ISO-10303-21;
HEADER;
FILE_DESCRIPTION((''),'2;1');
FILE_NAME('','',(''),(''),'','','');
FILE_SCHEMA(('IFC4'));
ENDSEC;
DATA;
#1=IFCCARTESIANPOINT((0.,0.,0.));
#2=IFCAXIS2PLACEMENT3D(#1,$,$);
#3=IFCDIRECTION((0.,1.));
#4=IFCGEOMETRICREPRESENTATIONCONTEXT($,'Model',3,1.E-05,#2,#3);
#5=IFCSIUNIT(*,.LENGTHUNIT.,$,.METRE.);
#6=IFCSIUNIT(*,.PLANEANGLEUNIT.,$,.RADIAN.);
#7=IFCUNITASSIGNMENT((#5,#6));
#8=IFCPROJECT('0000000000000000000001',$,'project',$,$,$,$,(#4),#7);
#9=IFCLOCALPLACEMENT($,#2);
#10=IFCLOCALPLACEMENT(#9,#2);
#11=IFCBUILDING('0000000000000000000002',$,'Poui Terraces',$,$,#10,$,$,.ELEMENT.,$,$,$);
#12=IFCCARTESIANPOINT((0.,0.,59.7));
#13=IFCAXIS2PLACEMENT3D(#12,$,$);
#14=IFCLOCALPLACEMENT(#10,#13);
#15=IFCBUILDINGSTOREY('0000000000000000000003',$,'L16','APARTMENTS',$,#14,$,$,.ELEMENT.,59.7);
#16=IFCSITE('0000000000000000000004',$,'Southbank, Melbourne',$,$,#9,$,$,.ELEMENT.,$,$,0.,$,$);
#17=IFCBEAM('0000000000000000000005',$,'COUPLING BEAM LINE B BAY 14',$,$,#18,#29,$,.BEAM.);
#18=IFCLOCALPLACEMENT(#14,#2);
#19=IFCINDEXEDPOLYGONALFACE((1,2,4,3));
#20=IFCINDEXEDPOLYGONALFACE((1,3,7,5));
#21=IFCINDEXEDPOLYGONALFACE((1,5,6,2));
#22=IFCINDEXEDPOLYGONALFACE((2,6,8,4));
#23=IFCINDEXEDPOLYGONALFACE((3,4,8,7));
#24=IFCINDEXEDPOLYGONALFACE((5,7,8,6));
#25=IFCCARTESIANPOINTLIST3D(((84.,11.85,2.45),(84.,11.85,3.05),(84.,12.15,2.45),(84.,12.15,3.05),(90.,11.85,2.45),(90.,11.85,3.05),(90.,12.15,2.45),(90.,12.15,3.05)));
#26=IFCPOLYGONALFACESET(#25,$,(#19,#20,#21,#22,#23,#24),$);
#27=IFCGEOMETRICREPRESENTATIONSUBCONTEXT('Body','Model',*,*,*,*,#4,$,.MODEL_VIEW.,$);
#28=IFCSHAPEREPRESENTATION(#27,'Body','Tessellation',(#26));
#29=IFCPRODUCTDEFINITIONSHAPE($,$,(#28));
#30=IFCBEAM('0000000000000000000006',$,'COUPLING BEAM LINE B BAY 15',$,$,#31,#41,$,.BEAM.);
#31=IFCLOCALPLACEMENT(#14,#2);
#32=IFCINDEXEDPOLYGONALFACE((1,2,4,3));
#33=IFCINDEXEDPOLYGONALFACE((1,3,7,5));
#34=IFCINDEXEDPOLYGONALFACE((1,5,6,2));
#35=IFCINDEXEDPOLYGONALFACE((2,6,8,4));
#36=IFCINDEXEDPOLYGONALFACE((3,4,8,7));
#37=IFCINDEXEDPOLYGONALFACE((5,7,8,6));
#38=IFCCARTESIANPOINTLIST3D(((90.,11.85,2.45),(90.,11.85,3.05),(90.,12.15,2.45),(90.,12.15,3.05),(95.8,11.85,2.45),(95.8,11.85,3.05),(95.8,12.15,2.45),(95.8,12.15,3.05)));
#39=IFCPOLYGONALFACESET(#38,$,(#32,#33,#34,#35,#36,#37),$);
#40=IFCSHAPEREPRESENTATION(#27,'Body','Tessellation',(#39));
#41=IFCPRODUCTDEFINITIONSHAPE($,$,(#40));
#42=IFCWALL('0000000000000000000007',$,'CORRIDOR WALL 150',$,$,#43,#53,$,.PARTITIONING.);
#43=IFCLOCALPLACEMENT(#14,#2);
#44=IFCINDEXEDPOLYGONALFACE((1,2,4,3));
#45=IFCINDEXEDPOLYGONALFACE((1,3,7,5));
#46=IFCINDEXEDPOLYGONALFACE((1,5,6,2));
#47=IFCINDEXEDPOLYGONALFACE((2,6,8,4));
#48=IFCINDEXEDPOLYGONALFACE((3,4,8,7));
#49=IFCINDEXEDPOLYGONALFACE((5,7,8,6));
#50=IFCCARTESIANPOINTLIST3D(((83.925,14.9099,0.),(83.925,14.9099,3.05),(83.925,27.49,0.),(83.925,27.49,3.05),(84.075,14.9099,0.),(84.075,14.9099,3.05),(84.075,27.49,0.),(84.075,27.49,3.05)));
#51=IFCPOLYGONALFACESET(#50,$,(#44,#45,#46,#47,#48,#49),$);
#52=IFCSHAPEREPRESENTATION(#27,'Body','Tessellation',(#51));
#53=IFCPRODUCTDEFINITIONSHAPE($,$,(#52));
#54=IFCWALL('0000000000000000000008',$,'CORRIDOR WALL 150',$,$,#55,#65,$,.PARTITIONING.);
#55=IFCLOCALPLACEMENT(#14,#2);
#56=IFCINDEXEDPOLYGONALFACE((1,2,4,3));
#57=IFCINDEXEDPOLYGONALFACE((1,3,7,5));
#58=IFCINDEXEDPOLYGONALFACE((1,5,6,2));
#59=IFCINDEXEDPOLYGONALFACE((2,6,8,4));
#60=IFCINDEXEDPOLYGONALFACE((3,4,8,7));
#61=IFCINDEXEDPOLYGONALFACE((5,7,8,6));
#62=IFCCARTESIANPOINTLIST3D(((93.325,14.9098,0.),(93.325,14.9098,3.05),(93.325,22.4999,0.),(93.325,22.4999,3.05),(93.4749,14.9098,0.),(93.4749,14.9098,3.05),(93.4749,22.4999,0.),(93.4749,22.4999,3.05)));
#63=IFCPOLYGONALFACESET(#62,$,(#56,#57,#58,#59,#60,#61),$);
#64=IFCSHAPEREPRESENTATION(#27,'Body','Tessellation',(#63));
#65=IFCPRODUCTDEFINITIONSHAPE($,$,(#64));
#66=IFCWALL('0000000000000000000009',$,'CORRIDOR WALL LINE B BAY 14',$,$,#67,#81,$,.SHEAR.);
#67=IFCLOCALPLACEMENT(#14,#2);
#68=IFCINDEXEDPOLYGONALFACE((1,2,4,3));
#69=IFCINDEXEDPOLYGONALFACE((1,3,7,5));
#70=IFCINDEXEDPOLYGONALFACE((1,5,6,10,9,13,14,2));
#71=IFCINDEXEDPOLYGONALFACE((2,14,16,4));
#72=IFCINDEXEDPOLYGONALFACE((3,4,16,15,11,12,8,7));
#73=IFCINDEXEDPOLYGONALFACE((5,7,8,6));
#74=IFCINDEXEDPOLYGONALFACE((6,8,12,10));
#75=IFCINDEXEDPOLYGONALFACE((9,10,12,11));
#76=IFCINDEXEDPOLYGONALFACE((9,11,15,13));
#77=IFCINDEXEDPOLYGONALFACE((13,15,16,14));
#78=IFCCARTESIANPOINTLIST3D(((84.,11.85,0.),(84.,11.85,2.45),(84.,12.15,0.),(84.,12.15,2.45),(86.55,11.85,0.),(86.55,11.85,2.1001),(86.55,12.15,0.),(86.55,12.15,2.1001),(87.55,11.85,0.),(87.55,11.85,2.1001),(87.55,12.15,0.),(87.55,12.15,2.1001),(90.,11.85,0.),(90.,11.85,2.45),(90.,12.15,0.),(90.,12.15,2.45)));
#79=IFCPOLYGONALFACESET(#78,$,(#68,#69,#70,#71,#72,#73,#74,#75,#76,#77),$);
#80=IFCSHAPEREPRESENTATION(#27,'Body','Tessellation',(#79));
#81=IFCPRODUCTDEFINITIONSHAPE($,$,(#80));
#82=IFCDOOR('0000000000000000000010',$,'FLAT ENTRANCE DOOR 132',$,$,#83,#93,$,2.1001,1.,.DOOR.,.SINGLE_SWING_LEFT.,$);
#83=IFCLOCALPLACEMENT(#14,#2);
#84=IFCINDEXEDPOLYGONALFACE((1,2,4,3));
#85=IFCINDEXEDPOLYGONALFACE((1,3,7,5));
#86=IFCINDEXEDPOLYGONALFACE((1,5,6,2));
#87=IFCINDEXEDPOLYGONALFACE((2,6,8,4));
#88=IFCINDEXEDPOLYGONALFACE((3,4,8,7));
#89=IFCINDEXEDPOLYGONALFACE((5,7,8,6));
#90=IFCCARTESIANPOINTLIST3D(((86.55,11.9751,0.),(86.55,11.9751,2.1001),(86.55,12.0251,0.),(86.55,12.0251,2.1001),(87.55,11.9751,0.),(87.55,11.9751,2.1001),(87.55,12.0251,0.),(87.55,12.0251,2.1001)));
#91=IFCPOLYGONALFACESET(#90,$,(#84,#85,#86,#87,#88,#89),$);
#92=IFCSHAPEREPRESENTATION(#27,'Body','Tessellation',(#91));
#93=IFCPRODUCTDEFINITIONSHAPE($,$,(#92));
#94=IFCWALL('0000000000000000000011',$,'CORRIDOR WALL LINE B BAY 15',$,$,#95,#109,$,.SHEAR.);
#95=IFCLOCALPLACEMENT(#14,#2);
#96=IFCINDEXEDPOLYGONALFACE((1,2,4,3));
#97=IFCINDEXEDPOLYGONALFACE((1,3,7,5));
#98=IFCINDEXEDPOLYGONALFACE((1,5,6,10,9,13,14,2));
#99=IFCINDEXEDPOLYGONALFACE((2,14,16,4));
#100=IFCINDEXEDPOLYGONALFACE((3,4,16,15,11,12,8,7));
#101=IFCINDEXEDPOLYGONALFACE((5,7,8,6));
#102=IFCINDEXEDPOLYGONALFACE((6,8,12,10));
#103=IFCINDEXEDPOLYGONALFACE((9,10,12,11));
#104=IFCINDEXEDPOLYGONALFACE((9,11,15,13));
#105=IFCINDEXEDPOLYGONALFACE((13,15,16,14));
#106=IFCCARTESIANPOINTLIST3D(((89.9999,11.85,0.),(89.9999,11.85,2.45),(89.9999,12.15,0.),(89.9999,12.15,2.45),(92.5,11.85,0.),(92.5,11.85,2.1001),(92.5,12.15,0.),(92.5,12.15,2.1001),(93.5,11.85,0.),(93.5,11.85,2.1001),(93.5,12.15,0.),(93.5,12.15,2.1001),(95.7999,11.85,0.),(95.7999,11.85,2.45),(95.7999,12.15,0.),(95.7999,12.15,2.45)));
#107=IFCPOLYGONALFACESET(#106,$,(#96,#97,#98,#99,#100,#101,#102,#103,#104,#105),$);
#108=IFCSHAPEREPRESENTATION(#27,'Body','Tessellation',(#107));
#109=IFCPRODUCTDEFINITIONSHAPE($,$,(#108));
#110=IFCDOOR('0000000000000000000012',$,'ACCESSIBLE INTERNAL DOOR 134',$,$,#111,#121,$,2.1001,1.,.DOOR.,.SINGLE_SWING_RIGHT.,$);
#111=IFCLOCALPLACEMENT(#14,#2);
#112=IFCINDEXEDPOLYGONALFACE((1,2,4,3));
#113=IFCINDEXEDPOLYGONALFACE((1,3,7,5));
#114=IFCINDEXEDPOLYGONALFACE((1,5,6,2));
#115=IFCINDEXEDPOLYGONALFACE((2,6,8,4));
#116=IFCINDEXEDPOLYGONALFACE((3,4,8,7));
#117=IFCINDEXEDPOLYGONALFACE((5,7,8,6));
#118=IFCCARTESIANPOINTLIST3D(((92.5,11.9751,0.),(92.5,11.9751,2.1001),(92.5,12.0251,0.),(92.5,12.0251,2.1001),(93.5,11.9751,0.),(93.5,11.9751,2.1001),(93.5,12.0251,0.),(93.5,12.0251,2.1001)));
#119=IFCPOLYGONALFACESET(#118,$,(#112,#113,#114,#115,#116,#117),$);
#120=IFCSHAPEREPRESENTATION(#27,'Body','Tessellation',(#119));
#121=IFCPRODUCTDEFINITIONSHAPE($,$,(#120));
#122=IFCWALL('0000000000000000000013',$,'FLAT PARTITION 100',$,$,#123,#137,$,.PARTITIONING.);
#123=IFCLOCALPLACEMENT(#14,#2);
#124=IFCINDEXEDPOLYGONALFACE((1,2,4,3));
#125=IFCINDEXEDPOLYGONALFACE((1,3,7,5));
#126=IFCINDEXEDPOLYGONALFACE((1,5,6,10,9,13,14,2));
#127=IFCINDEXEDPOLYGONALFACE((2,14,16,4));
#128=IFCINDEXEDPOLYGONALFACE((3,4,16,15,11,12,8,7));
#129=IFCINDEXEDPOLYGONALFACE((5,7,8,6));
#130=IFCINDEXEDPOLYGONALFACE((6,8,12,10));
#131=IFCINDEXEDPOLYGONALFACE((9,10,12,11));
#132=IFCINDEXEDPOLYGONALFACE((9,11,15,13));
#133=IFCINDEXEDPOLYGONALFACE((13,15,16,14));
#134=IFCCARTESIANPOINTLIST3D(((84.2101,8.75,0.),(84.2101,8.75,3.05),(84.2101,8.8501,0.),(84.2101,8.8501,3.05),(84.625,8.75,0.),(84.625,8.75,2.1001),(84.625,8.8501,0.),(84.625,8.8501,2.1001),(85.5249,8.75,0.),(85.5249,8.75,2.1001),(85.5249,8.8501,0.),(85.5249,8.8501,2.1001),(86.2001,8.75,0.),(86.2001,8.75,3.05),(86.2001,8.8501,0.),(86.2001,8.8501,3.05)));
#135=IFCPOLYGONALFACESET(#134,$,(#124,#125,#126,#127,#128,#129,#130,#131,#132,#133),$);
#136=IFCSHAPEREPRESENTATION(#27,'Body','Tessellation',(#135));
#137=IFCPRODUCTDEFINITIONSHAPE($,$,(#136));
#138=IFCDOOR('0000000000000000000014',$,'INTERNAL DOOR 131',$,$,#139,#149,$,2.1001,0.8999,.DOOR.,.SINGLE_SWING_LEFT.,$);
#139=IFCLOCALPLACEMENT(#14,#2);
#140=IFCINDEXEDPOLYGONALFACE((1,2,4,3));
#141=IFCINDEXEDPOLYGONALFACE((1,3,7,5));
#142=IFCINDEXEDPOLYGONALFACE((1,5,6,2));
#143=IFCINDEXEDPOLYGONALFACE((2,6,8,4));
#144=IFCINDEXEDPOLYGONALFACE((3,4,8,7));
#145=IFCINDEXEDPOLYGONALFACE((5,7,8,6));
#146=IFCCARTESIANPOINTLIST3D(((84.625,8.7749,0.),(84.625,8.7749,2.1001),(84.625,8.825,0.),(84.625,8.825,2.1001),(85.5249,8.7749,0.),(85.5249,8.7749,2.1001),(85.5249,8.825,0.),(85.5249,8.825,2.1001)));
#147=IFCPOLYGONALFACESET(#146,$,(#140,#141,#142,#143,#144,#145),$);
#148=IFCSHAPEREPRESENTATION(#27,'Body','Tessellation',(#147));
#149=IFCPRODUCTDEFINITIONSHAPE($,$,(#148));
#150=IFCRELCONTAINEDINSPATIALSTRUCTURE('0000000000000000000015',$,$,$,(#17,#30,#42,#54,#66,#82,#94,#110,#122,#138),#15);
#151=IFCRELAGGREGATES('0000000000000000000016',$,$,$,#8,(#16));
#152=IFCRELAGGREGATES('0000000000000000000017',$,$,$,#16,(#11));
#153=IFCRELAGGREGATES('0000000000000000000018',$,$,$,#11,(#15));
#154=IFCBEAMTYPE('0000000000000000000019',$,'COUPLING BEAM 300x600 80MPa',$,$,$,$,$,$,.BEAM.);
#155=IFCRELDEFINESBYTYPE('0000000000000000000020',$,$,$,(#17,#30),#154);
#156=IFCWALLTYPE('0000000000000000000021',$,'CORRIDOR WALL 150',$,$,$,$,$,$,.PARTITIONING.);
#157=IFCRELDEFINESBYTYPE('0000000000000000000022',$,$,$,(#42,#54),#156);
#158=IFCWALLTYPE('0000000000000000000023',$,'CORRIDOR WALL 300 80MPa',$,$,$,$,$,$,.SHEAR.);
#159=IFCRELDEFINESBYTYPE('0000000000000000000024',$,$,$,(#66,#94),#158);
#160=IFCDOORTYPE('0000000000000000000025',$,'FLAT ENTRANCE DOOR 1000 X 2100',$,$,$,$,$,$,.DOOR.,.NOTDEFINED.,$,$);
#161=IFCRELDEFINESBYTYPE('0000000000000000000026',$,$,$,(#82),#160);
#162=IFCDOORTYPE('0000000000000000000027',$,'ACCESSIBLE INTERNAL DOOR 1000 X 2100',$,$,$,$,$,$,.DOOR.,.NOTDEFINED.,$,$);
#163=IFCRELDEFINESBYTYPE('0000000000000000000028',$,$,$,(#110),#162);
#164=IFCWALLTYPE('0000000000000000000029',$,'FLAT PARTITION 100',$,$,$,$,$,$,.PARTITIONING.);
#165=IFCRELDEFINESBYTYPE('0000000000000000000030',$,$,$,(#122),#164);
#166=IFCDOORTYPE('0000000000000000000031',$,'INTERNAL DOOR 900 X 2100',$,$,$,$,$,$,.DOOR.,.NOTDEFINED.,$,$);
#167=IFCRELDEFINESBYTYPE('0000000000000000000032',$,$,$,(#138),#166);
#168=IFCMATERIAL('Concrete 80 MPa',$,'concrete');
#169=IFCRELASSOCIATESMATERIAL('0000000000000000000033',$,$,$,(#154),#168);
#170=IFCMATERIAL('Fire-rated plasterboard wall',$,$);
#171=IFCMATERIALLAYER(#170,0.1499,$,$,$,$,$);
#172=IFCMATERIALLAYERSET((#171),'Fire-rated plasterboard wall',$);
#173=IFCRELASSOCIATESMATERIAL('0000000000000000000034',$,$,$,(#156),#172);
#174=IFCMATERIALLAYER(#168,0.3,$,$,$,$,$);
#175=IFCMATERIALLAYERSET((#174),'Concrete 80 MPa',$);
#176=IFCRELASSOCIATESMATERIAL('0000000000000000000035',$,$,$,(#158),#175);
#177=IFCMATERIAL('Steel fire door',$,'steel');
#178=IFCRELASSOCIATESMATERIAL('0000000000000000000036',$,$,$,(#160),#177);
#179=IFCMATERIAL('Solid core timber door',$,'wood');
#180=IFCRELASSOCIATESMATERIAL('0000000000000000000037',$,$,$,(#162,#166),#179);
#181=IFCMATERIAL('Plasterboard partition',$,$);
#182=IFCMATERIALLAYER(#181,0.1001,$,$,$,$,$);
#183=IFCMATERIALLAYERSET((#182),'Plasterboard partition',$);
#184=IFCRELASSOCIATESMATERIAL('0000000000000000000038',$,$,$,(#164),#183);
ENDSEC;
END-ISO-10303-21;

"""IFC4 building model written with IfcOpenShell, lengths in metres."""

from ifc_helpers import new_model, si_unit, direction, frame, frame_2d, origin, origin_2d, place, context, subcontext, project, spatial, rectangle, extrude, source, transform, mapped, material, layer, layer_set, material_profile, profile_set, type_object, element, fill, save


model = new_model("IFC4")

# Units and contexts
model_context = context("Model", 3, precision=1e-05, world=origin(), true_north=direction((0.0, 1.0)))
body_context = subcontext(model_context, "Body", "Model", "MODEL_VIEW")
ifc_project = project(units=[si_unit("LENGTHUNIT", "METRE"), si_unit("PLANEANGLEUNIT", "RADIAN")], contexts=[model_context])

# Site, building, storey
site_placement = place(None, origin())
site = spatial("IfcSite", under=ifc_project, at=site_placement, Name="Southbank, Melbourne", CompositionType="ELEMENT", RefElevation=0.0)
building_placement = place(site_placement, origin())
building = spatial("IfcBuilding", under=site, at=building_placement, Name="Poui Terraces", CompositionType="ELEMENT")
storey_placement = place(building_placement, frame((0.0, 0.0, 59.7)))
storey = spatial("IfcBuildingStorey", under=building, at=storey_placement, Name="L16", Description="APARTMENTS", CompositionType="ELEMENT", Elevation=59.7)

# Beams
ifc_material_1 = material(Name="Concrete 80 MPa", Category="concrete")
ifc_material_profile = material_profile(ifc_material_1, rectangle(XDim=0.3, YDim=0.6001, at=origin_2d()), Name="RC 300x600")
ifc_profile_set = profile_set([ifc_material_profile], Name="Concrete 80 MPa")
beam_type = type_object("IfcBeamType", Name="COUPLING BEAM 300x600 80MPa", PredefinedType="BEAM", material=ifc_profile_set)
shared_shape_1 = source(origin(), body_context, "Body", "SweptSolid", [
    extrude(rectangle(XDim=0.3, YDim=0.6001, at=origin_2d()), origin(), (0.0, 0.0, 1.0), 6.0),
])
beam_1_placement = place(storey_placement, frame((84.0, 12.0, 2.75), z_axis=(1.0, 0.0, 0.0), x_axis=(0.0, 1.0, 0.0)))
element("IfcBeam", 1, at=beam_1_placement, inside=storey, type_object=beam_type, Name="COUPLING BEAM LINE B BAY 14", PredefinedType="BEAM", context=body_context, shape_type="MappedRepresentation", body=[
    mapped(shared_shape_1, transform((0.0, 0.0, 0.0))),
])
shared_shape_2 = source(origin(), body_context, "Body", "SweptSolid", [
    extrude(rectangle(XDim=0.3, YDim=0.6001, at=origin_2d()), origin(), (0.0, 0.0, 1.0), 5.8),
])
beam_2_placement = place(storey_placement, frame((90.0, 12.0, 2.75), z_axis=(1.0, 0.0, 0.0), x_axis=(0.0, 1.0, 0.0)))
element("IfcBeam", 2, at=beam_2_placement, inside=storey, type_object=beam_type, Name="COUPLING BEAM LINE B BAY 15", PredefinedType="BEAM", context=body_context, shape_type="MappedRepresentation", body=[
    mapped(shared_shape_2, transform((0.0, 0.0, 0.0))),
])

# Walls
ifc_material_2 = material(Name="Fire-rated plasterboard wall")
ifc_layer_1 = layer(ifc_material_2, 0.1499)
ifc_layer_set_1 = layer_set([ifc_layer_1], Name="Fire-rated plasterboard wall")
wall_type_1 = type_object("IfcWallType", Name="CORRIDOR WALL 150", PredefinedType="PARTITIONING", material=ifc_layer_set_1)
wall_1_placement = place(storey_placement, frame((84.0, 14.9099, 0.0), z_axis=(0.0, 0.0, 1.0), x_axis=(0.0, 1.0, 0.0)))
element("IfcWall", 3, at=wall_1_placement, inside=storey, type_object=wall_type_1, Name="CORRIDOR WALL 150", PredefinedType="PARTITIONING", context=body_context, shape_type="SweptSolid", body=[
    extrude(rectangle(XDim=12.5801, YDim=0.1499, at=frame_2d((6.29, 0.0))), origin(), (0.0, 0.0, 1.0), 3.05),
])
wall_2_placement = place(storey_placement, frame((93.3999, 14.9099, 0.0), z_axis=(0.0, 0.0, 1.0), x_axis=(0.0, 1.0, 0.0)))
element("IfcWall", 4, at=wall_2_placement, inside=storey, type_object=wall_type_1, Name="CORRIDOR WALL 150", PredefinedType="PARTITIONING", context=body_context, shape_type="SweptSolid", body=[
    extrude(rectangle(XDim=7.5901, YDim=0.1499, at=frame_2d((3.7949, 0.0))), origin(), (0.0, 0.0, 1.0), 3.05),
])

# Walls, openings, doors
ifc_layer_2 = layer(ifc_material_1, 0.3)
ifc_layer_set_2 = layer_set([ifc_layer_2], Name="Concrete 80 MPa")
wall_type_2 = type_object("IfcWallType", Name="CORRIDOR WALL 300 80MPa", PredefinedType="SHEAR", material=ifc_layer_set_2)
wall_3_placement = place(storey_placement, frame((84.0, 12.0, 0.0), z_axis=(0.0, 0.0, 1.0), x_axis=(1.0, 0.0, 0.0)))
wall_3 = element("IfcWall", 5, at=wall_3_placement, inside=storey, type_object=wall_type_2, Name="CORRIDOR WALL LINE B BAY 14", PredefinedType="SHEAR", context=body_context, shape_type="SweptSolid", body=[
    extrude(rectangle(XDim=6.0, YDim=0.3, at=frame_2d((3.0, 0.0))), origin(), (0.0, 0.0, 1.0), 2.45),
])
opening_1_placement = place(wall_3_placement, frame((2.55, 0.0, 0.0)))
opening_1 = element("IfcOpeningElement", 6, at=opening_1_placement, cuts=wall_3, PredefinedType="OPENING", context=body_context, shape_type="SweptSolid", body=[
    extrude(rectangle(XDim=1.0, YDim=2.1001, at=frame_2d((0.5, 1.05))), frame((0.0, 0.1602, 0.0), z_axis=(0.0, -1.0, 0.0), x_axis=(1.0, 0.0, 0.0)), (0.0, 0.0, 1.0), 0.3201),
])
ifc_material_3 = material(Name="Steel fire door", Category="steel")
door_type_1 = type_object("IfcDoorType", Name="FLAT ENTRANCE DOOR 1000 X 2100", OperationType="NOTDEFINED", PredefinedType="DOOR", material=ifc_material_3)
door_1_placement = place(opening_1_placement, frame((1.0, 0.0, 0.0), z_axis=(0.0, 0.0, 1.0), x_axis=(-1.0, 0.0, 0.0)))
door_1 = element("IfcDoor", 7, at=door_1_placement, inside=storey, type_object=door_type_1, Name="FLAT ENTRANCE DOOR 132", OperationType="SINGLE_SWING_LEFT", OverallHeight=2.1001, OverallWidth=1.0, PredefinedType="DOOR", context=body_context, shape_type="SweptSolid", body=[
    extrude(rectangle(XDim=1.0, YDim=2.1001, at=frame_2d((0.5, 1.05))), frame((0.0, 0.0249, 0.0), z_axis=(0.0, -1.0, 0.0), x_axis=(1.0, 0.0, 0.0)), (0.0, 0.0, 1.0), 0.05),
])
fill(opening_1, door_1)
wall_4_placement = place(storey_placement, frame((90.0, 12.0, 0.0), z_axis=(0.0, 0.0, 1.0), x_axis=(1.0, 0.0, 0.0)))
wall_4 = element("IfcWall", 8, at=wall_4_placement, inside=storey, type_object=wall_type_2, Name="CORRIDOR WALL LINE B BAY 15", PredefinedType="SHEAR", context=body_context, shape_type="SweptSolid", body=[
    extrude(rectangle(XDim=5.8, YDim=0.3, at=frame_2d((2.8999, 0.0))), origin(), (0.0, 0.0, 1.0), 2.45),
])
opening_2_placement = place(wall_4_placement, frame((2.5, 0.0, 0.0)))
opening_2 = element("IfcOpeningElement", 9, at=opening_2_placement, cuts=wall_4, PredefinedType="OPENING", context=body_context, shape_type="SweptSolid", body=[
    extrude(rectangle(XDim=1.0, YDim=2.1001, at=frame_2d((0.5, 1.05))), frame((0.0, 0.1602, 0.0), z_axis=(0.0, -1.0, 0.0), x_axis=(1.0, 0.0, 0.0)), (0.0, 0.0, 1.0), 0.3201),
])
ifc_material_4 = material(Name="Solid core timber door", Category="wood")
door_type_2 = type_object("IfcDoorType", Name="ACCESSIBLE INTERNAL DOOR 1000 X 2100", OperationType="NOTDEFINED", PredefinedType="DOOR", material=ifc_material_4)
door_2_placement = place(opening_2_placement, frame((1.0, 0.0, 0.0), z_axis=(0.0, 0.0, 1.0), x_axis=(-1.0, 0.0, 0.0)))
door_2 = element("IfcDoor", 10, at=door_2_placement, inside=storey, type_object=door_type_2, Name="ACCESSIBLE INTERNAL DOOR 134", OperationType="SINGLE_SWING_RIGHT", OverallHeight=2.1001, OverallWidth=1.0, PredefinedType="DOOR", context=body_context, shape_type="SweptSolid", body=[
    extrude(rectangle(XDim=1.0, YDim=2.1001, at=frame_2d((0.5, 1.05))), frame((0.0, 0.0249, 0.0), z_axis=(0.0, -1.0, 0.0), x_axis=(1.0, 0.0, 0.0)), (0.0, 0.0, 1.0), 0.05),
])
fill(opening_2, door_2)
ifc_material_5 = material(Name="Plasterboard partition")
ifc_layer_3 = layer(ifc_material_5, 0.1001)
ifc_layer_set_3 = layer_set([ifc_layer_3], Name="Plasterboard partition")
wall_type_3 = type_object("IfcWallType", Name="FLAT PARTITION 100", PredefinedType="PARTITIONING", material=ifc_layer_set_3)
wall_5_placement = place(storey_placement, frame((84.21, 8.8, 0.0), z_axis=(0.0, 0.0, 1.0), x_axis=(1.0, 0.0, 0.0)))
wall_5 = element("IfcWall", 11, at=wall_5_placement, inside=storey, type_object=wall_type_3, Name="FLAT PARTITION 100", PredefinedType="PARTITIONING", context=body_context, shape_type="SweptSolid", body=[
    extrude(rectangle(XDim=1.99, YDim=0.1001, at=frame_2d((0.9951, 0.0))), origin(), (0.0, 0.0, 1.0), 3.05),
])
opening_3_placement = place(wall_5_placement, frame((0.415, 0.0, 0.0)))
opening_3 = element("IfcOpeningElement", 12, at=opening_3_placement, cuts=wall_5, PredefinedType="OPENING", context=body_context, shape_type="SweptSolid", body=[
    extrude(rectangle(XDim=0.8999, YDim=2.1001, at=frame_2d((0.45, 1.05))), frame((0.0, 0.0601, 0.0), z_axis=(0.0, -1.0, 0.0), x_axis=(1.0, 0.0, 0.0)), (0.0, 0.0, 1.0), 0.1201),
])
door_type_3 = type_object("IfcDoorType", Name="INTERNAL DOOR 900 X 2100", OperationType="NOTDEFINED", PredefinedType="DOOR", material=ifc_material_4)
door_3_placement = place(opening_3_placement, origin())
door_3 = element("IfcDoor", 13, at=door_3_placement, inside=storey, type_object=door_type_3, Name="INTERNAL DOOR 131", OperationType="SINGLE_SWING_LEFT", OverallHeight=2.1001, OverallWidth=0.8999, PredefinedType="DOOR", context=body_context, shape_type="SweptSolid", body=[
    extrude(rectangle(XDim=0.8999, YDim=2.1001, at=frame_2d((0.45, 1.05))), frame((0.0, 0.0249, 0.0), z_axis=(0.0, -1.0, 0.0), x_axis=(1.0, 0.0, 0.0)), (0.0, 0.0, 1.0), 0.05),
])
fill(opening_3, door_3)

save(model, "model.ifc")
